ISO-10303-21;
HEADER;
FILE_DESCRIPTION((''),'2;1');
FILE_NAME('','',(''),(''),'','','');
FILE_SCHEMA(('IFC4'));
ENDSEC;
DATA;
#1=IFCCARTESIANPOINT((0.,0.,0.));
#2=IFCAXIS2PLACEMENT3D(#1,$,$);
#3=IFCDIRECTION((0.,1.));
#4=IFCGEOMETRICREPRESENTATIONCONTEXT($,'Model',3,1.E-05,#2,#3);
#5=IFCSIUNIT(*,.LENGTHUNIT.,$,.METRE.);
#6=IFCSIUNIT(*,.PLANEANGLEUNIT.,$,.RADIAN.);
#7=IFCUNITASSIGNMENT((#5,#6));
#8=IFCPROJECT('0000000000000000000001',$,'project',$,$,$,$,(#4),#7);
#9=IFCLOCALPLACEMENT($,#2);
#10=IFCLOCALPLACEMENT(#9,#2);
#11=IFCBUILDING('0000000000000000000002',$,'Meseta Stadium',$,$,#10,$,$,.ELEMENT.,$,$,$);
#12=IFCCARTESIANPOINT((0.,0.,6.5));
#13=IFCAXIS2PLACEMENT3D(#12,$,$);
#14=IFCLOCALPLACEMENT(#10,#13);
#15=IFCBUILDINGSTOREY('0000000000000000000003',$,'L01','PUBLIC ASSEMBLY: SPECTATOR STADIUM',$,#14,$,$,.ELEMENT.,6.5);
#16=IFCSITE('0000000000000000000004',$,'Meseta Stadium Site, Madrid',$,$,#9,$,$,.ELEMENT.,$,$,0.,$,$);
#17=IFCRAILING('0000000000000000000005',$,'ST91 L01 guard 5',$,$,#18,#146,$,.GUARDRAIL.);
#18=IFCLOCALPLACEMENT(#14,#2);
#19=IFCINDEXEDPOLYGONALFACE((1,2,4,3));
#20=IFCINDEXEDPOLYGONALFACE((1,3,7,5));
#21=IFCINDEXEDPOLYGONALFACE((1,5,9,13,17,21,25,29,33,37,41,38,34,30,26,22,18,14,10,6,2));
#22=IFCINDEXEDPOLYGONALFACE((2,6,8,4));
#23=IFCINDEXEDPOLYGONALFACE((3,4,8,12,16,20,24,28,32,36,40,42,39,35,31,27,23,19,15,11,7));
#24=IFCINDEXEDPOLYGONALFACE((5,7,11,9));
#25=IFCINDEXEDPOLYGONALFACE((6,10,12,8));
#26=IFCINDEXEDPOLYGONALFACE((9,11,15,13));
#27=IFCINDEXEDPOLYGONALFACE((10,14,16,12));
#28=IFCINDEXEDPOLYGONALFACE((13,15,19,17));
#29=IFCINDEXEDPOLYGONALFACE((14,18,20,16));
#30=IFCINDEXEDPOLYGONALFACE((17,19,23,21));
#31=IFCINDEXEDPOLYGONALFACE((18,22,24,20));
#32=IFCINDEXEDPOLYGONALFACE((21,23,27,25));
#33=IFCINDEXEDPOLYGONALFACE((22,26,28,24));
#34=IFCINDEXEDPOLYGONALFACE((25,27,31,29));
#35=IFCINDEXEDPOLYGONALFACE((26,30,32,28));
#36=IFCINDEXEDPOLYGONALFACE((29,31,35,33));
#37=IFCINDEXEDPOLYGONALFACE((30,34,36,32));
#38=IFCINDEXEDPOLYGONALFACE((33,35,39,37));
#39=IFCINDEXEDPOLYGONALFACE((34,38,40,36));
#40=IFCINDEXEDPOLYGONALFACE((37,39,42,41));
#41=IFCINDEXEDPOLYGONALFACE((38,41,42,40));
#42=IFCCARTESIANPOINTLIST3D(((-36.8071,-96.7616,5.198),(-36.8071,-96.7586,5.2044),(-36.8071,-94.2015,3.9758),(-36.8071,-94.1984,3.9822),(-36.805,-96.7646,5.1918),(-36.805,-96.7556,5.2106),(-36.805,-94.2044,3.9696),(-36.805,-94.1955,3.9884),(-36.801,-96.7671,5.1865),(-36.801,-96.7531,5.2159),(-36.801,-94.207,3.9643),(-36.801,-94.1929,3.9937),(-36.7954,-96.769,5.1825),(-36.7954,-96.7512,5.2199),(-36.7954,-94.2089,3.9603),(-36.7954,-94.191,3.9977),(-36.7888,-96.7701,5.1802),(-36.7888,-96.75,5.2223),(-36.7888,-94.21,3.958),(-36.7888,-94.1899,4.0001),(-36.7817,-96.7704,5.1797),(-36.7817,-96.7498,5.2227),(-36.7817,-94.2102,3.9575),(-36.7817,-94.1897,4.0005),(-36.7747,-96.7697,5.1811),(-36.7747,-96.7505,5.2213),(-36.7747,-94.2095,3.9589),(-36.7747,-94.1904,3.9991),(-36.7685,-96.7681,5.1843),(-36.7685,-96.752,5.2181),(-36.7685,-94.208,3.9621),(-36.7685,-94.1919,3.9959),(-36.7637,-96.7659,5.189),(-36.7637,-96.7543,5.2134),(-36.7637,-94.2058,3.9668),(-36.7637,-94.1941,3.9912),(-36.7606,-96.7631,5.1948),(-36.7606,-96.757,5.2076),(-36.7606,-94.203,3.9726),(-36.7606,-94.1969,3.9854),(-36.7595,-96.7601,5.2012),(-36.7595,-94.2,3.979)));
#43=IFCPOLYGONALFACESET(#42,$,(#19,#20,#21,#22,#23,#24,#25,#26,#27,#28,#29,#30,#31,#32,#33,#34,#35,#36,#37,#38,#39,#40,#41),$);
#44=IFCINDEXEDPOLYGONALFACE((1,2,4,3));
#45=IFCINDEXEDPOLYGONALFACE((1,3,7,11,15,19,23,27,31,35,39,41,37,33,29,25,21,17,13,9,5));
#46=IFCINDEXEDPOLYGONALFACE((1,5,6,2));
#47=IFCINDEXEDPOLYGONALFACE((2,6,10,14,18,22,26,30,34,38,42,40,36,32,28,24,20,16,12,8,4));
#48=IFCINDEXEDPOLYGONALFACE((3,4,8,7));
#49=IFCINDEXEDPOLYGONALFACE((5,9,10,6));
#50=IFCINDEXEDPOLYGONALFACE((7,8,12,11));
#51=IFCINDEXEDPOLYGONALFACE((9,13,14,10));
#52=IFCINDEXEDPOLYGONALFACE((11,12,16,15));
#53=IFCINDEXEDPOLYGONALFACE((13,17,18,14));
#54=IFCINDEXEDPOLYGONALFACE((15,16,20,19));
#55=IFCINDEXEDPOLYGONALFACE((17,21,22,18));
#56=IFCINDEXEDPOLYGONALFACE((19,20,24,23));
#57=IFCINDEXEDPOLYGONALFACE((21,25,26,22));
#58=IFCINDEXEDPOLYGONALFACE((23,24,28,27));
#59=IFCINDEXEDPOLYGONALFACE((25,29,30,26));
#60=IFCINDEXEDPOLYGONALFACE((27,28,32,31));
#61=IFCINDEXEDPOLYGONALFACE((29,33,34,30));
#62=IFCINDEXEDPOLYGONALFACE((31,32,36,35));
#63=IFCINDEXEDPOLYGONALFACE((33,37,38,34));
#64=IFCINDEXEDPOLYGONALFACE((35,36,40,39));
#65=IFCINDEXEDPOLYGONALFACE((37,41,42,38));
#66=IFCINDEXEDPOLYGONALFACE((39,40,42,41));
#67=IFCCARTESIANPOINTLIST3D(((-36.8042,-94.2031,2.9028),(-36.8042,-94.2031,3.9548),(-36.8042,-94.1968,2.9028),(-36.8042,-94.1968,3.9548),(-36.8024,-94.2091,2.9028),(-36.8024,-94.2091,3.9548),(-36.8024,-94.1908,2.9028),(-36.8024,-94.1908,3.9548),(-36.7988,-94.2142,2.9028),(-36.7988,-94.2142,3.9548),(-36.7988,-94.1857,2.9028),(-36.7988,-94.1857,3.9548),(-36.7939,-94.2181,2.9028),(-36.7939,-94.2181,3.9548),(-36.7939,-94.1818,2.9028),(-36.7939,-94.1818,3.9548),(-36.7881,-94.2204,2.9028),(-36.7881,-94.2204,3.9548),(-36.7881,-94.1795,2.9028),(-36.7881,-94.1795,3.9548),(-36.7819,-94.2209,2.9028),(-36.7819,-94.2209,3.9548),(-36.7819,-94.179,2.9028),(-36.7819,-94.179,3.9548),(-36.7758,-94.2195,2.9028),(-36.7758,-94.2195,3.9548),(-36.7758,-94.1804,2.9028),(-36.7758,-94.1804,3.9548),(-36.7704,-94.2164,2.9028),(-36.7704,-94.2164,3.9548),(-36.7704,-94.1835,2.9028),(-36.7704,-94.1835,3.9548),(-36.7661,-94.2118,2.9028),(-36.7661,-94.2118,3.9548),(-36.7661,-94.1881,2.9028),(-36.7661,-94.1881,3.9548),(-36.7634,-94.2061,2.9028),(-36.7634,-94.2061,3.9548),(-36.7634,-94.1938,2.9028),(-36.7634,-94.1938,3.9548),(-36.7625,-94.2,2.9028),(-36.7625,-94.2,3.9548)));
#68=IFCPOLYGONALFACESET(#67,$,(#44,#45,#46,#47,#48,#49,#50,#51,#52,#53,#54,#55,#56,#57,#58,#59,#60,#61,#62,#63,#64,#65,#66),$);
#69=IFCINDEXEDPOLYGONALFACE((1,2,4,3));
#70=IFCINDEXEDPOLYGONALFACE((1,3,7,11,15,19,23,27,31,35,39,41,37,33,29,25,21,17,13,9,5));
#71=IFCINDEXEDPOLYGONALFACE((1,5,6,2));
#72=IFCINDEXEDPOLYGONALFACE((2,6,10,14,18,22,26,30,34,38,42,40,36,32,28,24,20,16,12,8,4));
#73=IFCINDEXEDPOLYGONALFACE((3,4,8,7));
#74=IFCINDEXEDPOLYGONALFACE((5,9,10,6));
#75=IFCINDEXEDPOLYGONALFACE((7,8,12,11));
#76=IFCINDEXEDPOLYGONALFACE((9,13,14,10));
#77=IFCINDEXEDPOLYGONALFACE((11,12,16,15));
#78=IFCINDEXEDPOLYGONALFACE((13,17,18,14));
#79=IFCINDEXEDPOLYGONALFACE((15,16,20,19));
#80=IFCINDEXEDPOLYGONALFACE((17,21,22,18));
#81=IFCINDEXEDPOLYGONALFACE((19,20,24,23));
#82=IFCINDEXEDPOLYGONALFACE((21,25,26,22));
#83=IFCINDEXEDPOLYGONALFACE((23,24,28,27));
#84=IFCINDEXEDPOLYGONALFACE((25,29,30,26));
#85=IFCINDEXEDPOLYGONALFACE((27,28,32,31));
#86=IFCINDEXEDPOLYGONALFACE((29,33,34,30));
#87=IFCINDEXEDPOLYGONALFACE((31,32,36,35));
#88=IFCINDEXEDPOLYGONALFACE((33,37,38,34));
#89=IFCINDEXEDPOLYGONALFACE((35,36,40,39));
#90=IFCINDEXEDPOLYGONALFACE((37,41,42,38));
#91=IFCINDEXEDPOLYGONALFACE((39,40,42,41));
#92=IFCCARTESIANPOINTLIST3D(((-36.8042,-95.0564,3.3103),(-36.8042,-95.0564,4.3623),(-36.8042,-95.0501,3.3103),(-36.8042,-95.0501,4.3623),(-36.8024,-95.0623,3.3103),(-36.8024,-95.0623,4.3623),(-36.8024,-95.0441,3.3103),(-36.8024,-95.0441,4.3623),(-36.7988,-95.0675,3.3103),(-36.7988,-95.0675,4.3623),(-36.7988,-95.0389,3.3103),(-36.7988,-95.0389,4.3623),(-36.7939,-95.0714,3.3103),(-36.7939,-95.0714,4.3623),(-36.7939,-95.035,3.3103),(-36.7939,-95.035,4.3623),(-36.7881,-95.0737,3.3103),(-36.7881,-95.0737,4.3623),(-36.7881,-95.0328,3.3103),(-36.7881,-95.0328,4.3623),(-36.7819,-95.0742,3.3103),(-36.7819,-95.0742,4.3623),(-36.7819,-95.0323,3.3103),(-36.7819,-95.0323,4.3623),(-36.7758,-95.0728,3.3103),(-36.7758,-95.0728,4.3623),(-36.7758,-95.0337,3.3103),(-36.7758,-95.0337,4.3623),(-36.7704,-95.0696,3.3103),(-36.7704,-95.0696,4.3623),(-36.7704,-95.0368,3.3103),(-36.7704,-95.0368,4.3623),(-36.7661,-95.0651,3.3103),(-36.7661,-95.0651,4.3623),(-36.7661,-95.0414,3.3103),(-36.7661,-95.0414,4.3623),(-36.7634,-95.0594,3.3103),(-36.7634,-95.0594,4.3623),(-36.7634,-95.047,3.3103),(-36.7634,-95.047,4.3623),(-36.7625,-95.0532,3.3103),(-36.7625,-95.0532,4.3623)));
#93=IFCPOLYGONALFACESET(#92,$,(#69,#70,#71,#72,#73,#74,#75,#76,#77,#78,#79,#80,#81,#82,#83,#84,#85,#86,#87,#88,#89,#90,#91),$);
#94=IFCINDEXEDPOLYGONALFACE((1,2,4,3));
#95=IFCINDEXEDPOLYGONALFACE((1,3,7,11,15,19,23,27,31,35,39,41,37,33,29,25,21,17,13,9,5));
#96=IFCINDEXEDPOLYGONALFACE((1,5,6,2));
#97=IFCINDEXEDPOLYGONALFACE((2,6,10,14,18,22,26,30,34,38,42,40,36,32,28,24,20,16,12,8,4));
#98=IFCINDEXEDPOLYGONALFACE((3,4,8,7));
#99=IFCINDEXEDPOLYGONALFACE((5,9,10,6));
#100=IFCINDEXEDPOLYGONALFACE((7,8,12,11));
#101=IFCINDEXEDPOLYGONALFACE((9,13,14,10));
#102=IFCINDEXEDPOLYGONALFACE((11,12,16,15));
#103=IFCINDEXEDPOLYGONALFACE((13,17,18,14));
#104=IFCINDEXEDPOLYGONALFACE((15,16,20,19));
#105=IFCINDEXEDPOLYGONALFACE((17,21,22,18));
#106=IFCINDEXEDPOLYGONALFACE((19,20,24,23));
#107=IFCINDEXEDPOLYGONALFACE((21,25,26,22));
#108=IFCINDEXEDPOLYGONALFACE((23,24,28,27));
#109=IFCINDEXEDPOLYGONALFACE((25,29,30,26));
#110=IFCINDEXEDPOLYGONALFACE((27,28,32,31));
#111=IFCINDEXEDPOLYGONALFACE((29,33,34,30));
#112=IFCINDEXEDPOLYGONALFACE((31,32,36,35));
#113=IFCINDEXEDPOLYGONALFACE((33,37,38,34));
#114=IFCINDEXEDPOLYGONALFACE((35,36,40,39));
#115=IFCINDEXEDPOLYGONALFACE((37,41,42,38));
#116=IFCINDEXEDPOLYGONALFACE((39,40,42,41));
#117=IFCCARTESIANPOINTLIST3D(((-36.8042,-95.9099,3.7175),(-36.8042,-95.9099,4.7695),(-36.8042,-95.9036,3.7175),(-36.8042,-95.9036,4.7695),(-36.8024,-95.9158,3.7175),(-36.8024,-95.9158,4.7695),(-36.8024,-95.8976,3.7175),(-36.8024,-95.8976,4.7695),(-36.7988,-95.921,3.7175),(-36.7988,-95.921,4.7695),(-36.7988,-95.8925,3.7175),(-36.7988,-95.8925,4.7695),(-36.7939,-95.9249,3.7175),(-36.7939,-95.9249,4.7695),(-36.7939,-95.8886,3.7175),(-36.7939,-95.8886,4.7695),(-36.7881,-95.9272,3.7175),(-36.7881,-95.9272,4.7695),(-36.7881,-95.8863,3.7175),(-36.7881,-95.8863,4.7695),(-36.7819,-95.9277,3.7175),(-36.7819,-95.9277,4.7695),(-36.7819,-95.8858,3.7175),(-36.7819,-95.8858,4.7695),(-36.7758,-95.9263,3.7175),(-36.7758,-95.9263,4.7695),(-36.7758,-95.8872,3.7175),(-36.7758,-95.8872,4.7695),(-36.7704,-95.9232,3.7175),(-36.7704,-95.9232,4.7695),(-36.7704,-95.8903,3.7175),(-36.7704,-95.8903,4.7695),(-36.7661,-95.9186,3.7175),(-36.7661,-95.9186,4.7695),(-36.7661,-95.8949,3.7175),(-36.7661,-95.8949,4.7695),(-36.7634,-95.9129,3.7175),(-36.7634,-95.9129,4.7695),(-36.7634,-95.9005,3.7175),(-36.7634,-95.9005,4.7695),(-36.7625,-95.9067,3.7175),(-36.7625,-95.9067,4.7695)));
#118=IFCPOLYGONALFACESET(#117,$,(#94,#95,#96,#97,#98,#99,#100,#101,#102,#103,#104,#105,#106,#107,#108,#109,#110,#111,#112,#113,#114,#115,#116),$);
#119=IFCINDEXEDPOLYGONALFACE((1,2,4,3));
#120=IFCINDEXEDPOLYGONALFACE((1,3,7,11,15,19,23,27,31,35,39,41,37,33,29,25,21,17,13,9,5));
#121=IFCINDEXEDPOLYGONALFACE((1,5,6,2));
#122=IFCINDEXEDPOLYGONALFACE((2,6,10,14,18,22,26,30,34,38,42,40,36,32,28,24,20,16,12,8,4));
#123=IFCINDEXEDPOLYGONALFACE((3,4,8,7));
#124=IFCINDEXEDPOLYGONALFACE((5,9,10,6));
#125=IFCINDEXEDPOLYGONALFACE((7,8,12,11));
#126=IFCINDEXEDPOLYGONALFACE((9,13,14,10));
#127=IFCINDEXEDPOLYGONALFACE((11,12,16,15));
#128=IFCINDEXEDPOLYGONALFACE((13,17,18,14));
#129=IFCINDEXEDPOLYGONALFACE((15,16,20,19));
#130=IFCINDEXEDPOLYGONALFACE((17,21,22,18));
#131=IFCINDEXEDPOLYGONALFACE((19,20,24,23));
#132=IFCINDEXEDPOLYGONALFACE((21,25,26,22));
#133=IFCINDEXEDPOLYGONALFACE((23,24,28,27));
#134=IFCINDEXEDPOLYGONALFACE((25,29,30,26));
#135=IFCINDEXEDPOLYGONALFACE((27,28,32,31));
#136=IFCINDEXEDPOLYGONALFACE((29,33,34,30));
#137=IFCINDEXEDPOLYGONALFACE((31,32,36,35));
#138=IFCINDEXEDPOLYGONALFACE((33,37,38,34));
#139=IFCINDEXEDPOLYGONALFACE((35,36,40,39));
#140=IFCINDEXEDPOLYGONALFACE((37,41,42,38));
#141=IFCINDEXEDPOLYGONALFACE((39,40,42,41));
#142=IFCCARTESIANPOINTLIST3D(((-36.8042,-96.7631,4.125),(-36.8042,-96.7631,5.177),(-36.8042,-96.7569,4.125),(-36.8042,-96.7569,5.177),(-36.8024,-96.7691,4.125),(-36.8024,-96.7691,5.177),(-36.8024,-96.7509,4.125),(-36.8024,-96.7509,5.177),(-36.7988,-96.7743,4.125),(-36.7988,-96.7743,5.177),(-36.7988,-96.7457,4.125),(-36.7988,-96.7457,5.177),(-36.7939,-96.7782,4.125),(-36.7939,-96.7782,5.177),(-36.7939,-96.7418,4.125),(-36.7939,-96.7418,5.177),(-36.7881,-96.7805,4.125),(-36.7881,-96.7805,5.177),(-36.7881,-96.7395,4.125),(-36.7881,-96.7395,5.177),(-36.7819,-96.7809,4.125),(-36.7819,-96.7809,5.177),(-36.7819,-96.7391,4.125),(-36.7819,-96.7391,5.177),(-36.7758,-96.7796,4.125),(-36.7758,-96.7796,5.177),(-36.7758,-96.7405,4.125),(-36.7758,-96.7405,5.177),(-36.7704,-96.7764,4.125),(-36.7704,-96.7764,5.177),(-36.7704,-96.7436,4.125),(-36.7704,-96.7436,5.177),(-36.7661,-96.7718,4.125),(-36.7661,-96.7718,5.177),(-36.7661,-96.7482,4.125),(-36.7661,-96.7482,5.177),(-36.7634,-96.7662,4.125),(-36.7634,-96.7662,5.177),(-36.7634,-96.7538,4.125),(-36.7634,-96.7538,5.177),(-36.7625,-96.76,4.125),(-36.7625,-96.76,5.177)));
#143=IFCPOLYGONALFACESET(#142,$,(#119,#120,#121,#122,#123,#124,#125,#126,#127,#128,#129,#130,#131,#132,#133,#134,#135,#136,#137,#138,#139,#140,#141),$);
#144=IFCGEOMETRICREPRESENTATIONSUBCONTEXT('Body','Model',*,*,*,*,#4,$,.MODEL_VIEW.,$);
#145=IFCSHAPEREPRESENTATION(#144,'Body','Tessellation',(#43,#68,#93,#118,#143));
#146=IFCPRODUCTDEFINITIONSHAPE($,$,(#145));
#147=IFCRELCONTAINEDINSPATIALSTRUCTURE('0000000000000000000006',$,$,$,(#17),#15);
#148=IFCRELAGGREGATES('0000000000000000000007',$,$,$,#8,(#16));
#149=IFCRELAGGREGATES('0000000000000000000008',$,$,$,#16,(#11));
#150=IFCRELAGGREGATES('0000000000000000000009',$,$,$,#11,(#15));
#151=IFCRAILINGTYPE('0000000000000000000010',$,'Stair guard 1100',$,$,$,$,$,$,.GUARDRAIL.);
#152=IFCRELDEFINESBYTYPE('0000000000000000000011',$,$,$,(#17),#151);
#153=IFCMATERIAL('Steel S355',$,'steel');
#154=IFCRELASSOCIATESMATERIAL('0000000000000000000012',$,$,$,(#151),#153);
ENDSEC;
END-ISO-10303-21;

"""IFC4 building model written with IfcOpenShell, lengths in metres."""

from ifc_helpers import new_model, si_unit, direction, frame, origin, origin_2d, place, context, subcontext, project, spatial, circle, extrude, material, type_object, element, save


model = new_model("IFC4")

# Units and contexts
model_context = context("Model", 3, precision=1e-05, world=origin(), true_north=direction((0.0, 1.0)))
body_context = subcontext(model_context, "Body", "Model", "MODEL_VIEW")
ifc_project = project(units=[si_unit("LENGTHUNIT", "METRE"), si_unit("PLANEANGLEUNIT", "RADIAN")], contexts=[model_context])

# Site, building, storey
site_placement = place(None, origin())
site = spatial("IfcSite", under=ifc_project, at=site_placement, Name="Meseta Stadium Site, Madrid", CompositionType="ELEMENT", RefElevation=0.0)
building_placement = place(site_placement, origin())
building = spatial("IfcBuilding", under=site, at=building_placement, Name="Meseta Stadium", CompositionType="ELEMENT")
storey_placement = place(building_placement, frame((0.0, 0.0, 6.5)))
storey = spatial("IfcBuildingStorey", under=building, at=storey_placement, Name="L01", Description="PUBLIC ASSEMBLY: SPECTATOR STADIUM", CompositionType="ELEMENT", Elevation=6.5)

# Railing
ifc_material_1 = material(Name="Steel S355", Category="steel")
railing_type_1 = type_object("IfcRailingType", Name="Stair guard 1100", PredefinedType="GUARDRAIL", material=ifc_material_1)
railing_1_placement = place(storey_placement, frame((-36.7834, -94.2, 2.9028)))
element("IfcRailing", 1, at=railing_1_placement, inside=storey, type_object=railing_type_1, Name="ST91 L01 guard 5", PredefinedType="GUARDRAIL", context=body_context, shape_type="SweptSolid", body=[
    extrude(circle(Radius=0.0239, at=origin_2d()), frame((0.0, 0.0, 1.0762), z_axis=(0.0, -0.902437, 0.430822), x_axis=(1.0, 0.0, 0.0)), (0.0, 0.0, 1.0), 2.8369),
    extrude(circle(Radius=0.021, at=origin_2d()), origin(), (0.0, 0.0, 1.0), 1.052),
    extrude(circle(Radius=0.021, at=origin_2d()), frame((0.0, -0.8533, 0.4075)), (0.0, 0.0, 1.0), 1.052),
    extrude(circle(Radius=0.021, at=origin_2d()), frame((0.0, -1.7068, 0.8147)), (0.0, 0.0, 1.0), 1.052),
    extrude(circle(Radius=0.021, at=origin_2d()), frame((0.0, -2.5601, 1.2222)), (0.0, 0.0, 1.0), 1.052),
])

save(model, "model.ifc")
